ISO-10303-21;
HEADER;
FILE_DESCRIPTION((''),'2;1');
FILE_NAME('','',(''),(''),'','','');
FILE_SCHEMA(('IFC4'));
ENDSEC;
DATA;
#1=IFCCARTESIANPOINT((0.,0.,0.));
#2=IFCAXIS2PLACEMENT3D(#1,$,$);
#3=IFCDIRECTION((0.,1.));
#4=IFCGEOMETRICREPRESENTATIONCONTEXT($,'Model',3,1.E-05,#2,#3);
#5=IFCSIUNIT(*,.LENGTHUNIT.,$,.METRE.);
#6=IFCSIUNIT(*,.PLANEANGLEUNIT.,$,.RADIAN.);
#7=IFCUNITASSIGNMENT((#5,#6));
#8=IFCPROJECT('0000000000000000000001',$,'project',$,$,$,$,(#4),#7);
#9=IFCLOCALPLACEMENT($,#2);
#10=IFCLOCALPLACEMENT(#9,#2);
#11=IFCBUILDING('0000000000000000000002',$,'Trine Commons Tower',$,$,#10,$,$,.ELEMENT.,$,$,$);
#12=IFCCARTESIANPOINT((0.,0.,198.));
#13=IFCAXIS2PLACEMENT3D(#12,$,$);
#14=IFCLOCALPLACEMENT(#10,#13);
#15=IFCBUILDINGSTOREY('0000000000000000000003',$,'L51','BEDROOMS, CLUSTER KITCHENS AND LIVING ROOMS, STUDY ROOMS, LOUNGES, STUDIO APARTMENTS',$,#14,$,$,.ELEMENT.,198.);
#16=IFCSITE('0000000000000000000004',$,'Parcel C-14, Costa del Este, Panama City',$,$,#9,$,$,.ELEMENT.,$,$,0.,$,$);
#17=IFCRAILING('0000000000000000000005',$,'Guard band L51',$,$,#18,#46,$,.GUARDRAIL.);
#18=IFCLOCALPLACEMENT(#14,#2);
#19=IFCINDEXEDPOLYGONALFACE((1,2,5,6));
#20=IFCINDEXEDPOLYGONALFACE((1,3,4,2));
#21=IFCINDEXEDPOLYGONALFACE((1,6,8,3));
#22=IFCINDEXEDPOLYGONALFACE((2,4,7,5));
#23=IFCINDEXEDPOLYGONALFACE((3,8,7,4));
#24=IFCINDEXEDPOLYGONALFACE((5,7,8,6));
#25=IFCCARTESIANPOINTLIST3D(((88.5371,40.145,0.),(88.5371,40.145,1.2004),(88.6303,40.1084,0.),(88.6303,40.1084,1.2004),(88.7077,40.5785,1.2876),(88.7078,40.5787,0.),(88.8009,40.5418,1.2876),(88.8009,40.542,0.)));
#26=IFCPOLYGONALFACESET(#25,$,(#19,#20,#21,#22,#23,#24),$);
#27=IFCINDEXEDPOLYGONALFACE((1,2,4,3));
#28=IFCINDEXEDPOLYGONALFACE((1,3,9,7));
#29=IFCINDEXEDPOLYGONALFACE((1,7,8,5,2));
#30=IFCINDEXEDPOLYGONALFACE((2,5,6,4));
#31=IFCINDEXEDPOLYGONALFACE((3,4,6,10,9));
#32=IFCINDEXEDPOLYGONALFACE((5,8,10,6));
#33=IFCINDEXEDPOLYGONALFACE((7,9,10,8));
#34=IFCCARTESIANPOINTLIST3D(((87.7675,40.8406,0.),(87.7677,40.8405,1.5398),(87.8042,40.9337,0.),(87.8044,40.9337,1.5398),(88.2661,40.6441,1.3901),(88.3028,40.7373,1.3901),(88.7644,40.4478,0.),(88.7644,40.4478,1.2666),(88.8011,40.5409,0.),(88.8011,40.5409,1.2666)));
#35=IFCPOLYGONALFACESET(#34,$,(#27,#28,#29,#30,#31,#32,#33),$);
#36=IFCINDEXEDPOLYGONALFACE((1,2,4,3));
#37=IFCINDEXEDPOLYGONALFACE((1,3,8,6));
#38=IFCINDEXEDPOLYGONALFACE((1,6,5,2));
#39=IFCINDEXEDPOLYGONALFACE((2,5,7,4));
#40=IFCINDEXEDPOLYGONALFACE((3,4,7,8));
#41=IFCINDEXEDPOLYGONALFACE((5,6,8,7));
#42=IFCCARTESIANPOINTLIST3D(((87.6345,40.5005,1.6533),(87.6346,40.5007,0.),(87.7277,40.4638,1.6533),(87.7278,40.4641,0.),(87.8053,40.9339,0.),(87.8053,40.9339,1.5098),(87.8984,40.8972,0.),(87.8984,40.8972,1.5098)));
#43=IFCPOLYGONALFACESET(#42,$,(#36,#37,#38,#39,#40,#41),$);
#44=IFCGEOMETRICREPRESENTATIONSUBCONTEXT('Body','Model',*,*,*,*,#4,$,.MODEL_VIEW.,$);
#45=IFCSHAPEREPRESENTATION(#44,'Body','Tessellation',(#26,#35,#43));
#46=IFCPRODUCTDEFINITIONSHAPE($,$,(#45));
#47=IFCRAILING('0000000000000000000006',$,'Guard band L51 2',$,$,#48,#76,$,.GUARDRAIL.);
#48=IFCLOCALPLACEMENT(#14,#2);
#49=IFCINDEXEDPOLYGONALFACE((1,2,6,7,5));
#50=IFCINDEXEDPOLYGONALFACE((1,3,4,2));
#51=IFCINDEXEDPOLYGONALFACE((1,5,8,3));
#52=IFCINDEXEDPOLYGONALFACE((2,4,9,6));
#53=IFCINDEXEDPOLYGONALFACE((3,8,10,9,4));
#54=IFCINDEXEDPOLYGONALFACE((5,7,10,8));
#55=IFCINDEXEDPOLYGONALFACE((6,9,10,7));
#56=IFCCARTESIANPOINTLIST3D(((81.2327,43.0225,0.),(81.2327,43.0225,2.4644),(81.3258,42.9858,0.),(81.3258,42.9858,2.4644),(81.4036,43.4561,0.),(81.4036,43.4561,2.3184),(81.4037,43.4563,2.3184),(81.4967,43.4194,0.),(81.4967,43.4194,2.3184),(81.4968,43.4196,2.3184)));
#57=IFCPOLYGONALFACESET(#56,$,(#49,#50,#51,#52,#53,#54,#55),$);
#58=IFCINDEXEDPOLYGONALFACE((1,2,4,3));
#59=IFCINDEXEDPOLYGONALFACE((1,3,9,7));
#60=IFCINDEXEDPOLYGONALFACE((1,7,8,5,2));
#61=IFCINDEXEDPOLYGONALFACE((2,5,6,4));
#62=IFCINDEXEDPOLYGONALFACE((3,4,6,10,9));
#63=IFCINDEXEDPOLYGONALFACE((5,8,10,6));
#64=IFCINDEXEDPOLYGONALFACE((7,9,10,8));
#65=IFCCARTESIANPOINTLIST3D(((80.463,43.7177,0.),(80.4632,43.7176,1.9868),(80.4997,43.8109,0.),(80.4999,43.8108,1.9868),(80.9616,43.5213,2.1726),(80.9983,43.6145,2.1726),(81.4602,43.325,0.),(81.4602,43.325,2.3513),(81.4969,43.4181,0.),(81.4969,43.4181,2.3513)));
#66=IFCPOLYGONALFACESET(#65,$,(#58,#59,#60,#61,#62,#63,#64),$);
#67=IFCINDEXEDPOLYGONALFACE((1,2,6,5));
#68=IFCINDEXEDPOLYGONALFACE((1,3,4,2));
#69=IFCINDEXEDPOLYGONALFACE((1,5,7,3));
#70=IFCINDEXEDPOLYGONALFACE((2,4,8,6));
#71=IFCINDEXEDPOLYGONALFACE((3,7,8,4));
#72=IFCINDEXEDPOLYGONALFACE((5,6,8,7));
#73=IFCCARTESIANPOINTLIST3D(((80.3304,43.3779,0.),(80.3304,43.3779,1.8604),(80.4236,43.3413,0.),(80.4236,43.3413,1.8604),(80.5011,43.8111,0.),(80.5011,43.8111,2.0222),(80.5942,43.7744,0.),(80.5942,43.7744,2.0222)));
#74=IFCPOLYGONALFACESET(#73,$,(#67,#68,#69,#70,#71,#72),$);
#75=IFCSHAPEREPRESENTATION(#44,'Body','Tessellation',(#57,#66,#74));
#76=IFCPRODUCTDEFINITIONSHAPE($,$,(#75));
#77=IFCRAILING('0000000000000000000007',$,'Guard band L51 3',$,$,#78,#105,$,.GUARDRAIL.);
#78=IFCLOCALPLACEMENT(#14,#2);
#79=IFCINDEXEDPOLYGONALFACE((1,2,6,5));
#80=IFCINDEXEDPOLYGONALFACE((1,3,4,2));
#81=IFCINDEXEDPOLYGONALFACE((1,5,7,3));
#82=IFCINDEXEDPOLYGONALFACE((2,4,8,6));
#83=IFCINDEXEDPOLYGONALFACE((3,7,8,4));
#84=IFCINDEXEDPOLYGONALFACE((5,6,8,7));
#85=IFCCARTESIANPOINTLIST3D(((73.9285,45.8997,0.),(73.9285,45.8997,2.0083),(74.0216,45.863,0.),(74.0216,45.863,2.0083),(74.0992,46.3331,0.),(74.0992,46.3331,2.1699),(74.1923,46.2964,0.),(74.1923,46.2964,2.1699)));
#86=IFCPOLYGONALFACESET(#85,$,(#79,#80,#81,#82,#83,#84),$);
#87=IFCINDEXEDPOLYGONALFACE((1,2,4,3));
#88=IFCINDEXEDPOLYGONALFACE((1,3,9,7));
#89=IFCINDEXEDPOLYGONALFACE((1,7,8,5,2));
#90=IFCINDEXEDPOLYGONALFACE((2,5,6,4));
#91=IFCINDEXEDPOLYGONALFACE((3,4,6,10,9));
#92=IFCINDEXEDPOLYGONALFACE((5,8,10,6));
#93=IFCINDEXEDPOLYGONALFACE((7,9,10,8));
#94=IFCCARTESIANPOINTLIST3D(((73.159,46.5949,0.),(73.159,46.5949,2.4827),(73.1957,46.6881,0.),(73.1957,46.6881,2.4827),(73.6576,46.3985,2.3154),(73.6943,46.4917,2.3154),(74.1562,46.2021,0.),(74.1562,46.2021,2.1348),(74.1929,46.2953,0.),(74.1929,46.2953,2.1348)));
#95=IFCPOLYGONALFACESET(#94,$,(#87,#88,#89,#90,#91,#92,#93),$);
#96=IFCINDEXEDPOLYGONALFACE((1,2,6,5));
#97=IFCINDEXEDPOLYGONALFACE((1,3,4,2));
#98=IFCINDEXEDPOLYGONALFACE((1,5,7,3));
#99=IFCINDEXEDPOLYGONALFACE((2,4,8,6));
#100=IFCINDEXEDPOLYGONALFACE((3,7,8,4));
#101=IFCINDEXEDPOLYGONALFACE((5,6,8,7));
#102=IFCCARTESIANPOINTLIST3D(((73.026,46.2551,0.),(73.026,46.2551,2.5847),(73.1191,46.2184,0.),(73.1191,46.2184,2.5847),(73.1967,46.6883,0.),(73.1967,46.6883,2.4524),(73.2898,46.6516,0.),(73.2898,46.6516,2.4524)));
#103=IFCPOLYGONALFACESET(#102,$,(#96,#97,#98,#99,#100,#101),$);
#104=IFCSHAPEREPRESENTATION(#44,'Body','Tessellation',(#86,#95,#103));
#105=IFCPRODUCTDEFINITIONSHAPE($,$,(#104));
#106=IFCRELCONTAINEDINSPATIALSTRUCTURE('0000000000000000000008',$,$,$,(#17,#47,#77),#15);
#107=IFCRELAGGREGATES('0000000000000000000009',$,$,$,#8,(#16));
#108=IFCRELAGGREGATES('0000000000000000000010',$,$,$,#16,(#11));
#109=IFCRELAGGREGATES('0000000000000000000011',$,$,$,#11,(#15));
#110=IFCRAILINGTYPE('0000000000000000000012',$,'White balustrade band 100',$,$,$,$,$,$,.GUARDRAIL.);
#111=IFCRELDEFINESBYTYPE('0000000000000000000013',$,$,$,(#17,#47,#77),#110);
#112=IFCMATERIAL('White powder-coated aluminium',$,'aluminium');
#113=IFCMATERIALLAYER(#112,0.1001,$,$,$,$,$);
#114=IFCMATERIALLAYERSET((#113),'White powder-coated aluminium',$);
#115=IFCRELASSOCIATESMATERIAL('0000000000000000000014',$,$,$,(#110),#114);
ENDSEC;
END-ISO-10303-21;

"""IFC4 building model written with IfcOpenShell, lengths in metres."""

from ifc_helpers import new_model, si_unit, direction, frame, origin, place, context, subcontext, project, spatial, polyline, outline, extrude, material, layer, layer_set, type_object, element, save


model = new_model("IFC4")

# Units and contexts
model_context = context("Model", 3, precision=1e-05, world=origin(), true_north=direction((0.0, 1.0)))
body_context = subcontext(model_context, "Body", "Model", "MODEL_VIEW")
ifc_project = project(units=[si_unit("LENGTHUNIT", "METRE"), si_unit("PLANEANGLEUNIT", "RADIAN")], contexts=[model_context])

# Site, building, storey
site_placement = place(None, origin())
site = spatial("IfcSite", under=ifc_project, at=site_placement, Name="Parcel C-14, Costa del Este, Panama City", CompositionType="ELEMENT", RefElevation=0.0)
building_placement = place(site_placement, origin())
building = spatial("IfcBuilding", under=site, at=building_placement, Name="Trine Commons Tower", CompositionType="ELEMENT")
storey_placement = place(building_placement, frame((0.0, 0.0, 198.0)))
storey = spatial("IfcBuildingStorey", under=building, at=storey_placement, Name="L51", Description="BEDROOMS, CLUSTER KITCHENS AND LIVING ROOMS, STUDY ROOMS, LOUNGES, STUDIO APARTMENTS", CompositionType="ELEMENT", Elevation=198.0)

# Railings
ifc_material_1 = material(Name="White powder-coated aluminium", Category="aluminium")
ifc_layer_1 = layer(ifc_material_1, 0.1001)
ifc_layer_set_1 = layer_set([ifc_layer_1], Name="White powder-coated aluminium")
railing_type = type_object("IfcRailingType", Name="White balustrade band 100", PredefinedType="GUARDRAIL", material=ifc_layer_set_1)
railing_1_placement = place(storey_placement, origin())
element("IfcRailing", 1, at=railing_1_placement, inside=storey, type_object=railing_type, Name="Guard band L51", PredefinedType="GUARDRAIL", context=body_context, shape_type="SweptSolid", body=[
    extrude(outline(polyline([(0.0, 0.0), (0.4661, 0.0), (0.4658, 1.2876), (0.4658, 1.2876), (0.0, 1.2004), (0.0, 0.0)])), frame((88.5371, 40.145, 0.0), z_axis=(0.930522, -0.366236, 0.0), x_axis=(0.366236, 0.930522, 0.0)), (0.0, 0.0, 1.0), 0.1001),
    extrude(outline(polyline([(0.0, 0.0), (1.0715, 0.0), (1.0713, 1.5398), (0.5356, 1.3901), (0.0, 1.2666), (0.0, 0.0)])), frame((88.7644, 40.4478, 0.0), z_axis=(0.366632, 0.930366, 0.0), x_axis=(-0.930366, 0.366632, 0.0)), (0.0, 0.0, 1.0), 0.1001),
    extrude(outline(polyline([(0.0, 0.0), (0.4656, 0.0), (0.4658, 1.6533), (0.0, 1.5098), (0.0, 0.0)])), frame((87.8984, 40.8972, 0.0), z_axis=(-0.930381, 0.366593, 0.0), x_axis=(-0.366593, -0.930381, 0.0)), (0.0, 0.0, 1.0), 0.1001),
])
railing_2_placement = place(storey_placement, origin())
element("IfcRailing", 2, at=railing_2_placement, inside=storey, type_object=railing_type, Name="Guard band L51 2", PredefinedType="GUARDRAIL", context=body_context, shape_type="SweptSolid", body=[
    extrude(outline(polyline([(0.0, 0.0), (0.4661, 0.0), (0.4663, 2.3184), (0.4661, 2.3184), (0.0, 2.4644), (0.0, 0.0)])), frame((81.2327, 43.0225, 0.0), z_axis=(0.930343, -0.366689, 0.0), x_axis=(0.366689, 0.930343, 0.0)), (0.0, 0.0, 1.0), 0.1001),
    extrude(outline(polyline([(0.0, 0.0), (1.0718, 0.0), (1.0715, 1.9868), (0.5359, 2.1726), (0.0, 2.3513), (0.0, 0.0)])), frame((81.4602, 43.325, 0.0), z_axis=(0.366477, 0.930427, 0.0), x_axis=(-0.930427, 0.366477, 0.0)), (0.0, 0.0, 1.0), 0.1001),
    extrude(outline(polyline([(0.0, 0.0), (0.4656, 0.0), (0.4656, 1.8604), (0.0, 2.0222), (0.0, 0.0)])), frame((80.5942, 43.7744, 0.0), z_axis=(-0.930381, 0.366593, 0.0), x_axis=(-0.366593, -0.930381, 0.0)), (0.0, 0.0, 1.0), 0.1001),
])
railing_3_placement = place(storey_placement, origin())
element("IfcRailing", 3, at=railing_3_placement, inside=storey, type_object=railing_type, Name="Guard band L51 3", PredefinedType="GUARDRAIL", context=body_context, shape_type="SweptSolid", body=[
    extrude(outline(polyline([(0.0, 0.0), (0.4658, 0.0), (0.4658, 2.1699), (0.4658, 2.1699), (0.0, 2.0083), (0.0, 0.0)])), frame((73.9285, 45.8997, 0.0), z_axis=(0.930452, -0.366415, 0.0), x_axis=(0.366415, 0.930452, 0.0)), (0.0, 0.0, 1.0), 0.1001),
    extrude(outline(polyline([(0.0, 0.0), (1.0718, 0.0), (1.0718, 2.4827), (0.5359, 2.3154), (0.0, 2.1348), (0.0, 0.0)])), frame((74.1562, 46.2021, 0.0), z_axis=(0.366477, 0.930427, 0.0), x_axis=(-0.930427, 0.366477, 0.0)), (0.0, 0.0, 1.0), 0.1001),
    extrude(outline(polyline([(0.0, 0.0), (0.4656, 0.0), (0.4656, 2.5847), (0.0, 2.4524), (0.0, 0.0)])), frame((73.2898, 46.6516, 0.0), z_axis=(-0.930381, 0.366593, 0.0), x_axis=(-0.366593, -0.930381, 0.0)), (0.0, 0.0, 1.0), 0.1001),
])

save(model, "model.ifc")
